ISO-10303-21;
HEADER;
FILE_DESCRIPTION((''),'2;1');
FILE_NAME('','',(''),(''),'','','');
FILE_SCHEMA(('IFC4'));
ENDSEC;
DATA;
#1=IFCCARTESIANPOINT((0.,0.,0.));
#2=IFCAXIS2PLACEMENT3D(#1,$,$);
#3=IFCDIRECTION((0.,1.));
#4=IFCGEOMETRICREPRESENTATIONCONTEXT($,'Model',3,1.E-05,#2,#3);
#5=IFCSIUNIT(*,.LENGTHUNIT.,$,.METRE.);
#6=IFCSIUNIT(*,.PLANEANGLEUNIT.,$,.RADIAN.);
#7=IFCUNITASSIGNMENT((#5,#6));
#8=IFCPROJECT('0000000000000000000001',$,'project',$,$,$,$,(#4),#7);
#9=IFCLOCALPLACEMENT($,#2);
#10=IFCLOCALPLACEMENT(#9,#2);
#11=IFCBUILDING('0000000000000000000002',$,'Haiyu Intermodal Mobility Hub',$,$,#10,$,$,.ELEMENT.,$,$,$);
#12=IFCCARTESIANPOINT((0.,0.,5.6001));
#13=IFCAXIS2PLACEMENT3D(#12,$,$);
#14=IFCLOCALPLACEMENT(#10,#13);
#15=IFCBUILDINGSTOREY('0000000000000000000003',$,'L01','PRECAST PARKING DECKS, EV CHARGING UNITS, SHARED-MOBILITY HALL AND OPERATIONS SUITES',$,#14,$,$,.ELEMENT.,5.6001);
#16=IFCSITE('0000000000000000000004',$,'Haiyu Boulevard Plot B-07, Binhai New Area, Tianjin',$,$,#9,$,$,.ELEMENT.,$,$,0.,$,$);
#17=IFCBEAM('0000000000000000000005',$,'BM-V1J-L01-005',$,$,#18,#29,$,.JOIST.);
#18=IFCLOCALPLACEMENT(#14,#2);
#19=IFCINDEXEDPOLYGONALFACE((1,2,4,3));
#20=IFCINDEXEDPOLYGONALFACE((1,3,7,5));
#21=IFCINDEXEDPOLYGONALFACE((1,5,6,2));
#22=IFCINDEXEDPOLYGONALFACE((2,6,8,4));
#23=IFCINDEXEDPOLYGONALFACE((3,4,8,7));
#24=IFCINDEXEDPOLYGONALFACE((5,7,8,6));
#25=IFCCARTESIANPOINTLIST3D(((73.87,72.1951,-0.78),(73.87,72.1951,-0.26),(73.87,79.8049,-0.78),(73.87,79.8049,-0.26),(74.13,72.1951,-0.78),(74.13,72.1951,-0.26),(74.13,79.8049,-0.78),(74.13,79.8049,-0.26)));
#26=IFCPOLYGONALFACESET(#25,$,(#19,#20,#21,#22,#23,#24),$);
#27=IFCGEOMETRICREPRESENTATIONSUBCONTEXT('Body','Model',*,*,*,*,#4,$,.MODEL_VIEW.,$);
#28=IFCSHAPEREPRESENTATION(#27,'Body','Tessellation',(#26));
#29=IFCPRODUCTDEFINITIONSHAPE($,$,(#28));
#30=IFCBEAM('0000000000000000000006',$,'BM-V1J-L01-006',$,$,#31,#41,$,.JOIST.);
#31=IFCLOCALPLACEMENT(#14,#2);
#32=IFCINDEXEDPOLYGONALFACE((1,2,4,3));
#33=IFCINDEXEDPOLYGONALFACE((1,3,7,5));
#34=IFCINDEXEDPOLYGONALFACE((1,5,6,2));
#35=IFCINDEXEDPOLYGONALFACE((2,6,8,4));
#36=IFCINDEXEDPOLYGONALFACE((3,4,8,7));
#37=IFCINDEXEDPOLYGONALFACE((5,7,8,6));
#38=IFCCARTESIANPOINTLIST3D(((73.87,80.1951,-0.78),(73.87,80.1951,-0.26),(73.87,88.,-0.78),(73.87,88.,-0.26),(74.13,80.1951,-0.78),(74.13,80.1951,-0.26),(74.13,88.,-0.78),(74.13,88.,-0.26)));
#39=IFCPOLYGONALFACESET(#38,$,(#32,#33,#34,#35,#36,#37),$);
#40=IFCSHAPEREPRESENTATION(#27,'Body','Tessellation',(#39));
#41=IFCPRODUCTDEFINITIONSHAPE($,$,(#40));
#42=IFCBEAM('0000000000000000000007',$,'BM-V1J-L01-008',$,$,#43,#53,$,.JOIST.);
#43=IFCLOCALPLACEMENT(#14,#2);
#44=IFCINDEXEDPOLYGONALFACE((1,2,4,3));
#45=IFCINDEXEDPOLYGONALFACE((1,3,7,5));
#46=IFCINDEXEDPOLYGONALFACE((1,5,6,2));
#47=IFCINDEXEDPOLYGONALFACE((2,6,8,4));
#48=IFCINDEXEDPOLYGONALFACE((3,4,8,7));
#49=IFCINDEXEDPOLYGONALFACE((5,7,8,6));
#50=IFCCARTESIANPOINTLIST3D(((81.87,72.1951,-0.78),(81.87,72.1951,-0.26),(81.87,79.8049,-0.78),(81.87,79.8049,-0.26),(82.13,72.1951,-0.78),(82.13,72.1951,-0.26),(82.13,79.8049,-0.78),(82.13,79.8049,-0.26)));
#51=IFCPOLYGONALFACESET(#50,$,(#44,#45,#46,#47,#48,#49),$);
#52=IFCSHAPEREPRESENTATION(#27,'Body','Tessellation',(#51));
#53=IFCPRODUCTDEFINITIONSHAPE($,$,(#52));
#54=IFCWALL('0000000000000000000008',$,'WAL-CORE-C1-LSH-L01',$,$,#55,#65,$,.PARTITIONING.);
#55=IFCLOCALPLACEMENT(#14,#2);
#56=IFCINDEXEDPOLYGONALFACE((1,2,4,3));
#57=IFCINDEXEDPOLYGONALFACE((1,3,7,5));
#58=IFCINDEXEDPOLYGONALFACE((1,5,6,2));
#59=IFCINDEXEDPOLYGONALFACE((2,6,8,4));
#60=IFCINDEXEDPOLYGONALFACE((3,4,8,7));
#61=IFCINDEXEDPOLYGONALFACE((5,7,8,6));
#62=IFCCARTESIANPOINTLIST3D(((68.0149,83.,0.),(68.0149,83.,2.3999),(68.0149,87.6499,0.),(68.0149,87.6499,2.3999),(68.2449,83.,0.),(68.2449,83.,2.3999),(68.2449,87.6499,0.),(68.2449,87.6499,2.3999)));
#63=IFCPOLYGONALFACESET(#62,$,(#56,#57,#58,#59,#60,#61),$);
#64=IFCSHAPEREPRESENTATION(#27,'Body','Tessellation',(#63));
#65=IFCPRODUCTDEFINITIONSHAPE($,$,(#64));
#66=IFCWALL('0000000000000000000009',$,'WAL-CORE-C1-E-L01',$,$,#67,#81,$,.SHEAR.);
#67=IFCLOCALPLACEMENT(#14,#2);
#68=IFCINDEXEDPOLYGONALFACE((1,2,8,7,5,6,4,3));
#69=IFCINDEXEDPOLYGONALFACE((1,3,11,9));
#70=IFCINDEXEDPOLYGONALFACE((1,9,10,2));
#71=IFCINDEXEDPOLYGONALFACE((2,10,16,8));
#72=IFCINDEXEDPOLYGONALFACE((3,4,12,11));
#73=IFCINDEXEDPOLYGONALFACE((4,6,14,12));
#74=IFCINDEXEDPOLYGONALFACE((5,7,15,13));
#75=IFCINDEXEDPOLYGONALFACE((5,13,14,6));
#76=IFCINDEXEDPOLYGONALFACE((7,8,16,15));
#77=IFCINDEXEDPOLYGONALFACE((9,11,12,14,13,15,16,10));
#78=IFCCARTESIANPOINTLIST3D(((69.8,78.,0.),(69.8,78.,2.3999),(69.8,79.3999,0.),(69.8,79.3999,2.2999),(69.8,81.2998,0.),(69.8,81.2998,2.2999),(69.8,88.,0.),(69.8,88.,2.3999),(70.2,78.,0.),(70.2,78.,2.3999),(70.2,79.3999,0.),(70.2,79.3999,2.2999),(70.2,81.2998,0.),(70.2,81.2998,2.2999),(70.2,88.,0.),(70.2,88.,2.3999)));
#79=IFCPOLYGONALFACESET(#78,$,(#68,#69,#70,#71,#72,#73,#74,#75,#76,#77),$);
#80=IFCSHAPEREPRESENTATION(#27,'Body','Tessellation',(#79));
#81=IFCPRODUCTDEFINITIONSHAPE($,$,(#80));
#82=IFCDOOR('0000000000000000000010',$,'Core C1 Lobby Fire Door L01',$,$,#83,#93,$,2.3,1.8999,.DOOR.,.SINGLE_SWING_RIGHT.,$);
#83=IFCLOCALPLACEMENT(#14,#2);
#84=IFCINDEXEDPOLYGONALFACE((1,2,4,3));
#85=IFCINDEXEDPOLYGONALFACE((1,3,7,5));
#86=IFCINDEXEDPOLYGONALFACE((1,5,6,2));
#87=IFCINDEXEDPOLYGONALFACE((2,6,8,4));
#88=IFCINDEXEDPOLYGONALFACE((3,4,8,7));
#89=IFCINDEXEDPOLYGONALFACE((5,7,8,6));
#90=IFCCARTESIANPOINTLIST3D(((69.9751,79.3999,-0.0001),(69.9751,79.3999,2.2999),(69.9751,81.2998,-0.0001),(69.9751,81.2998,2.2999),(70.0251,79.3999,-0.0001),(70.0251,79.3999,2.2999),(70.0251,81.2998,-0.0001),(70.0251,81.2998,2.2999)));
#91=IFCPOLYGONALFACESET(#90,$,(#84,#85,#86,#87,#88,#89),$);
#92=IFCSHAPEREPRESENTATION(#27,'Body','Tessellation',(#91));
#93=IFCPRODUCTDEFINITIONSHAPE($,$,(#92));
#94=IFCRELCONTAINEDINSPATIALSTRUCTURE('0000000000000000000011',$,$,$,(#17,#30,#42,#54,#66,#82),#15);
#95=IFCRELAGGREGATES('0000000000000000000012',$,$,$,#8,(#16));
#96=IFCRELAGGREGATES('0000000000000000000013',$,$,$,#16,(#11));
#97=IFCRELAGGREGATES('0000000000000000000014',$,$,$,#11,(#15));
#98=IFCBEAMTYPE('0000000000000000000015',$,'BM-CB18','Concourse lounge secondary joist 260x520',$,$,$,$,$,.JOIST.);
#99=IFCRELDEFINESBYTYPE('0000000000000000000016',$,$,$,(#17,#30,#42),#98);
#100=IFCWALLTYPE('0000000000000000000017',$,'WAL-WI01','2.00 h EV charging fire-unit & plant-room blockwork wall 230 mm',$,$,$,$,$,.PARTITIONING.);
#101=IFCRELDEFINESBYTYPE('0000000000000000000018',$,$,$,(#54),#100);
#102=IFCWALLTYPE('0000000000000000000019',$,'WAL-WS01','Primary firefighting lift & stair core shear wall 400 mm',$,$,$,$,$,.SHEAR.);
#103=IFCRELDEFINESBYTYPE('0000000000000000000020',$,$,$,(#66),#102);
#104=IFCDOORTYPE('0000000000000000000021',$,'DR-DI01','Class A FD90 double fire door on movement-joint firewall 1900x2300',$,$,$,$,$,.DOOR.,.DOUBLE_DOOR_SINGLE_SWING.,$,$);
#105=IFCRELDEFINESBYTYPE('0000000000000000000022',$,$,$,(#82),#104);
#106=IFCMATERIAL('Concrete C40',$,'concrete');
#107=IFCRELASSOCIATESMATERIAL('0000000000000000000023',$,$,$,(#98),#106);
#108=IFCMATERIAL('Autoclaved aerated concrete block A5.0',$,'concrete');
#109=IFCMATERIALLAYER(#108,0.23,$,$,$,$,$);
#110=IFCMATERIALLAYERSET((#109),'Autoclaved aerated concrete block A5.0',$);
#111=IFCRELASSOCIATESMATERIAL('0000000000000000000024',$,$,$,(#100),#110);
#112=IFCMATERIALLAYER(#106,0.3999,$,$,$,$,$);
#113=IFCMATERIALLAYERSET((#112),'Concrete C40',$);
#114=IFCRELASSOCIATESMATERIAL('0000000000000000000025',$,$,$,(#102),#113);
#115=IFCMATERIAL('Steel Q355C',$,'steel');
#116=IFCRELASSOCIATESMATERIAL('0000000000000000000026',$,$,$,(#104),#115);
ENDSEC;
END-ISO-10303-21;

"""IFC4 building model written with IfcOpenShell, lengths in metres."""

from ifc_helpers import new_model, si_unit, direction, frame, frame_2d, origin, origin_2d, place, context, subcontext, project, spatial, rectangle, extrude, material, layer, layer_set, material_profile, profile_set, type_object, element, fill, save


model = new_model("IFC4")

# Units and contexts
model_context = context("Model", 3, precision=1e-05, world=origin(), true_north=direction((0.0, 1.0)))
body_context = subcontext(model_context, "Body", "Model", "MODEL_VIEW")
ifc_project = project(units=[si_unit("LENGTHUNIT", "METRE"), si_unit("PLANEANGLEUNIT", "RADIAN")], contexts=[model_context])

# Site, building, storey
site_placement = place(None, origin())
site = spatial("IfcSite", under=ifc_project, at=site_placement, Name="Haiyu Boulevard Plot B-07, Binhai New Area, Tianjin", CompositionType="ELEMENT", RefElevation=0.0)
building_placement = place(site_placement, origin())
building = spatial("IfcBuilding", under=site, at=building_placement, Name="Haiyu Intermodal Mobility Hub", CompositionType="ELEMENT")
storey_placement = place(building_placement, frame((0.0, 0.0, 5.6001)))
storey = spatial("IfcBuildingStorey", under=building, at=storey_placement, Name="L01", Description="PRECAST PARKING DECKS, EV CHARGING UNITS, SHARED-MOBILITY HALL AND OPERATIONS SUITES", CompositionType="ELEMENT", Elevation=5.6001)

# Shared definitions
ifc_material_1 = material(Name="Concrete C40", Category="concrete")
ifc_material_2 = material(Name="Steel Q355C", Category="steel")

# Beams
ifc_material_profile_1 = material_profile(ifc_material_1, rectangle(XDim=0.26, YDim=0.52, at=origin_2d()), Name="B260x520")
ifc_profile_set_1 = profile_set([ifc_material_profile_1], Name="Concrete C40")
beam_type_1 = type_object("IfcBeamType", Name="BM-CB18", Description="Concourse lounge secondary joist 260x520", PredefinedType="JOIST", material=ifc_profile_set_1)
beam_1_placement = place(storey_placement, frame((74.0, 72.1951, -0.52), z_axis=(0.0, 1.0, 0.0), x_axis=(-1.0, 0.0, 0.0)))
element("IfcBeam", 1, at=beam_1_placement, inside=storey, type_object=beam_type_1, Name="BM-V1J-L01-005", PredefinedType="JOIST", context=body_context, shape_type="SweptSolid", body=[
    extrude(rectangle(XDim=0.26, YDim=0.52, at=origin_2d()), origin(), (0.0, 0.0, 1.0), 7.6099),
])
beam_2_placement = place(storey_placement, frame((74.0, 80.1951, -0.52), z_axis=(0.0, 1.0, 0.0), x_axis=(-1.0, 0.0, 0.0)))
element("IfcBeam", 2, at=beam_2_placement, inside=storey, type_object=beam_type_1, Name="BM-V1J-L01-006", PredefinedType="JOIST", context=body_context, shape_type="SweptSolid", body=[
    extrude(rectangle(XDim=0.26, YDim=0.52, at=origin_2d()), origin(), (0.0, 0.0, 1.0), 7.8049),
])
beam_3_placement = place(storey_placement, frame((82.0, 72.1951, -0.52), z_axis=(0.0, 1.0, 0.0), x_axis=(-1.0, 0.0, 0.0)))
element("IfcBeam", 3, at=beam_3_placement, inside=storey, type_object=beam_type_1, Name="BM-V1J-L01-008", PredefinedType="JOIST", context=body_context, shape_type="SweptSolid", body=[
    extrude(rectangle(XDim=0.26, YDim=0.52, at=origin_2d()), origin(), (0.0, 0.0, 1.0), 7.6099),
])

# Wall
ifc_material_3 = material(Name="Autoclaved aerated concrete block A5.0", Category="concrete")
ifc_layer_1 = layer(ifc_material_3, 0.23)
ifc_layer_set_1 = layer_set([ifc_layer_1], Name="Autoclaved aerated concrete block A5.0")
wall_type_1 = type_object("IfcWallType", Name="WAL-WI01", Description="2.00 h EV charging fire-unit & plant-room blockwork wall 230 mm", PredefinedType="PARTITIONING", material=ifc_layer_set_1)
wall_1_placement = place(storey_placement, frame((68.1299, 83.0, 0.0), z_axis=(0.0, 0.0, 1.0), x_axis=(0.0, 1.0, 0.0)))
element("IfcWall", 4, at=wall_1_placement, inside=storey, type_object=wall_type_1, Name="WAL-CORE-C1-LSH-L01", PredefinedType="PARTITIONING", context=body_context, shape_type="SweptSolid", body=[
    extrude(rectangle(XDim=4.6499, YDim=0.23, at=frame_2d((2.325, 0.0))), origin(), (0.0, 0.0, 1.0), 2.3999),
])

# Wall, opening, door
ifc_layer_2 = layer(ifc_material_1, 0.3999)
ifc_layer_set_2 = layer_set([ifc_layer_2], Name="Concrete C40")
wall_type_2 = type_object("IfcWallType", Name="WAL-WS01", Description="Primary firefighting lift & stair core shear wall 400 mm", PredefinedType="SHEAR", material=ifc_layer_set_2)
wall_2_placement = place(storey_placement, frame((70.0, 78.0, 0.0), z_axis=(0.0, 0.0, 1.0), x_axis=(0.0, 1.0, 0.0)))
wall_2 = element("IfcWall", 5, at=wall_2_placement, inside=storey, type_object=wall_type_2, Name="WAL-CORE-C1-E-L01", PredefinedType="SHEAR", context=body_context, shape_type="SweptSolid", body=[
    extrude(rectangle(XDim=10.0, YDim=0.3999, at=frame_2d((5.0, 0.0))), origin(), (0.0, 0.0, 1.0), 2.3999),
])
opening_1_placement = place(wall_2_placement, frame((1.3999, 0.0, 0.0)))
opening_1 = element("IfcOpeningElement", 6, at=opening_1_placement, cuts=wall_2, PredefinedType="OPENING", context=body_context, shape_type="SweptSolid", body=[
    extrude(rectangle(XDim=1.8999, YDim=2.3, at=frame_2d((0.95, 1.1499))), frame((0.0, 0.21, 0.0), z_axis=(0.0, -1.0, 0.0), x_axis=(1.0, 0.0, 0.0)), (0.0, 0.0, 1.0), 0.4199),
])
door_type_1 = type_object("IfcDoorType", Name="DR-DI01", Description="Class A FD90 double fire door on movement-joint firewall 1900x2300", OperationType="DOUBLE_DOOR_SINGLE_SWING", PredefinedType="DOOR", material=ifc_material_2)
door_1_placement = place(opening_1_placement, origin())
door_1 = element("IfcDoor", 7, at=door_1_placement, inside=storey, type_object=door_type_1, Name="Core C1 Lobby Fire Door L01", OperationType="SINGLE_SWING_RIGHT", OverallHeight=2.3, OverallWidth=1.8999, PredefinedType="DOOR", context=body_context, shape_type="SweptSolid", body=[
    extrude(rectangle(XDim=1.8999, YDim=2.3, at=frame_2d((0.95, 1.1499))), frame((0.0, 0.0249, 0.0), z_axis=(0.0, -1.0, 0.0), x_axis=(1.0, 0.0, 0.0)), (0.0, 0.0, 1.0), 0.05),
])
fill(opening_1, door_1)

save(model, "model.ifc")
